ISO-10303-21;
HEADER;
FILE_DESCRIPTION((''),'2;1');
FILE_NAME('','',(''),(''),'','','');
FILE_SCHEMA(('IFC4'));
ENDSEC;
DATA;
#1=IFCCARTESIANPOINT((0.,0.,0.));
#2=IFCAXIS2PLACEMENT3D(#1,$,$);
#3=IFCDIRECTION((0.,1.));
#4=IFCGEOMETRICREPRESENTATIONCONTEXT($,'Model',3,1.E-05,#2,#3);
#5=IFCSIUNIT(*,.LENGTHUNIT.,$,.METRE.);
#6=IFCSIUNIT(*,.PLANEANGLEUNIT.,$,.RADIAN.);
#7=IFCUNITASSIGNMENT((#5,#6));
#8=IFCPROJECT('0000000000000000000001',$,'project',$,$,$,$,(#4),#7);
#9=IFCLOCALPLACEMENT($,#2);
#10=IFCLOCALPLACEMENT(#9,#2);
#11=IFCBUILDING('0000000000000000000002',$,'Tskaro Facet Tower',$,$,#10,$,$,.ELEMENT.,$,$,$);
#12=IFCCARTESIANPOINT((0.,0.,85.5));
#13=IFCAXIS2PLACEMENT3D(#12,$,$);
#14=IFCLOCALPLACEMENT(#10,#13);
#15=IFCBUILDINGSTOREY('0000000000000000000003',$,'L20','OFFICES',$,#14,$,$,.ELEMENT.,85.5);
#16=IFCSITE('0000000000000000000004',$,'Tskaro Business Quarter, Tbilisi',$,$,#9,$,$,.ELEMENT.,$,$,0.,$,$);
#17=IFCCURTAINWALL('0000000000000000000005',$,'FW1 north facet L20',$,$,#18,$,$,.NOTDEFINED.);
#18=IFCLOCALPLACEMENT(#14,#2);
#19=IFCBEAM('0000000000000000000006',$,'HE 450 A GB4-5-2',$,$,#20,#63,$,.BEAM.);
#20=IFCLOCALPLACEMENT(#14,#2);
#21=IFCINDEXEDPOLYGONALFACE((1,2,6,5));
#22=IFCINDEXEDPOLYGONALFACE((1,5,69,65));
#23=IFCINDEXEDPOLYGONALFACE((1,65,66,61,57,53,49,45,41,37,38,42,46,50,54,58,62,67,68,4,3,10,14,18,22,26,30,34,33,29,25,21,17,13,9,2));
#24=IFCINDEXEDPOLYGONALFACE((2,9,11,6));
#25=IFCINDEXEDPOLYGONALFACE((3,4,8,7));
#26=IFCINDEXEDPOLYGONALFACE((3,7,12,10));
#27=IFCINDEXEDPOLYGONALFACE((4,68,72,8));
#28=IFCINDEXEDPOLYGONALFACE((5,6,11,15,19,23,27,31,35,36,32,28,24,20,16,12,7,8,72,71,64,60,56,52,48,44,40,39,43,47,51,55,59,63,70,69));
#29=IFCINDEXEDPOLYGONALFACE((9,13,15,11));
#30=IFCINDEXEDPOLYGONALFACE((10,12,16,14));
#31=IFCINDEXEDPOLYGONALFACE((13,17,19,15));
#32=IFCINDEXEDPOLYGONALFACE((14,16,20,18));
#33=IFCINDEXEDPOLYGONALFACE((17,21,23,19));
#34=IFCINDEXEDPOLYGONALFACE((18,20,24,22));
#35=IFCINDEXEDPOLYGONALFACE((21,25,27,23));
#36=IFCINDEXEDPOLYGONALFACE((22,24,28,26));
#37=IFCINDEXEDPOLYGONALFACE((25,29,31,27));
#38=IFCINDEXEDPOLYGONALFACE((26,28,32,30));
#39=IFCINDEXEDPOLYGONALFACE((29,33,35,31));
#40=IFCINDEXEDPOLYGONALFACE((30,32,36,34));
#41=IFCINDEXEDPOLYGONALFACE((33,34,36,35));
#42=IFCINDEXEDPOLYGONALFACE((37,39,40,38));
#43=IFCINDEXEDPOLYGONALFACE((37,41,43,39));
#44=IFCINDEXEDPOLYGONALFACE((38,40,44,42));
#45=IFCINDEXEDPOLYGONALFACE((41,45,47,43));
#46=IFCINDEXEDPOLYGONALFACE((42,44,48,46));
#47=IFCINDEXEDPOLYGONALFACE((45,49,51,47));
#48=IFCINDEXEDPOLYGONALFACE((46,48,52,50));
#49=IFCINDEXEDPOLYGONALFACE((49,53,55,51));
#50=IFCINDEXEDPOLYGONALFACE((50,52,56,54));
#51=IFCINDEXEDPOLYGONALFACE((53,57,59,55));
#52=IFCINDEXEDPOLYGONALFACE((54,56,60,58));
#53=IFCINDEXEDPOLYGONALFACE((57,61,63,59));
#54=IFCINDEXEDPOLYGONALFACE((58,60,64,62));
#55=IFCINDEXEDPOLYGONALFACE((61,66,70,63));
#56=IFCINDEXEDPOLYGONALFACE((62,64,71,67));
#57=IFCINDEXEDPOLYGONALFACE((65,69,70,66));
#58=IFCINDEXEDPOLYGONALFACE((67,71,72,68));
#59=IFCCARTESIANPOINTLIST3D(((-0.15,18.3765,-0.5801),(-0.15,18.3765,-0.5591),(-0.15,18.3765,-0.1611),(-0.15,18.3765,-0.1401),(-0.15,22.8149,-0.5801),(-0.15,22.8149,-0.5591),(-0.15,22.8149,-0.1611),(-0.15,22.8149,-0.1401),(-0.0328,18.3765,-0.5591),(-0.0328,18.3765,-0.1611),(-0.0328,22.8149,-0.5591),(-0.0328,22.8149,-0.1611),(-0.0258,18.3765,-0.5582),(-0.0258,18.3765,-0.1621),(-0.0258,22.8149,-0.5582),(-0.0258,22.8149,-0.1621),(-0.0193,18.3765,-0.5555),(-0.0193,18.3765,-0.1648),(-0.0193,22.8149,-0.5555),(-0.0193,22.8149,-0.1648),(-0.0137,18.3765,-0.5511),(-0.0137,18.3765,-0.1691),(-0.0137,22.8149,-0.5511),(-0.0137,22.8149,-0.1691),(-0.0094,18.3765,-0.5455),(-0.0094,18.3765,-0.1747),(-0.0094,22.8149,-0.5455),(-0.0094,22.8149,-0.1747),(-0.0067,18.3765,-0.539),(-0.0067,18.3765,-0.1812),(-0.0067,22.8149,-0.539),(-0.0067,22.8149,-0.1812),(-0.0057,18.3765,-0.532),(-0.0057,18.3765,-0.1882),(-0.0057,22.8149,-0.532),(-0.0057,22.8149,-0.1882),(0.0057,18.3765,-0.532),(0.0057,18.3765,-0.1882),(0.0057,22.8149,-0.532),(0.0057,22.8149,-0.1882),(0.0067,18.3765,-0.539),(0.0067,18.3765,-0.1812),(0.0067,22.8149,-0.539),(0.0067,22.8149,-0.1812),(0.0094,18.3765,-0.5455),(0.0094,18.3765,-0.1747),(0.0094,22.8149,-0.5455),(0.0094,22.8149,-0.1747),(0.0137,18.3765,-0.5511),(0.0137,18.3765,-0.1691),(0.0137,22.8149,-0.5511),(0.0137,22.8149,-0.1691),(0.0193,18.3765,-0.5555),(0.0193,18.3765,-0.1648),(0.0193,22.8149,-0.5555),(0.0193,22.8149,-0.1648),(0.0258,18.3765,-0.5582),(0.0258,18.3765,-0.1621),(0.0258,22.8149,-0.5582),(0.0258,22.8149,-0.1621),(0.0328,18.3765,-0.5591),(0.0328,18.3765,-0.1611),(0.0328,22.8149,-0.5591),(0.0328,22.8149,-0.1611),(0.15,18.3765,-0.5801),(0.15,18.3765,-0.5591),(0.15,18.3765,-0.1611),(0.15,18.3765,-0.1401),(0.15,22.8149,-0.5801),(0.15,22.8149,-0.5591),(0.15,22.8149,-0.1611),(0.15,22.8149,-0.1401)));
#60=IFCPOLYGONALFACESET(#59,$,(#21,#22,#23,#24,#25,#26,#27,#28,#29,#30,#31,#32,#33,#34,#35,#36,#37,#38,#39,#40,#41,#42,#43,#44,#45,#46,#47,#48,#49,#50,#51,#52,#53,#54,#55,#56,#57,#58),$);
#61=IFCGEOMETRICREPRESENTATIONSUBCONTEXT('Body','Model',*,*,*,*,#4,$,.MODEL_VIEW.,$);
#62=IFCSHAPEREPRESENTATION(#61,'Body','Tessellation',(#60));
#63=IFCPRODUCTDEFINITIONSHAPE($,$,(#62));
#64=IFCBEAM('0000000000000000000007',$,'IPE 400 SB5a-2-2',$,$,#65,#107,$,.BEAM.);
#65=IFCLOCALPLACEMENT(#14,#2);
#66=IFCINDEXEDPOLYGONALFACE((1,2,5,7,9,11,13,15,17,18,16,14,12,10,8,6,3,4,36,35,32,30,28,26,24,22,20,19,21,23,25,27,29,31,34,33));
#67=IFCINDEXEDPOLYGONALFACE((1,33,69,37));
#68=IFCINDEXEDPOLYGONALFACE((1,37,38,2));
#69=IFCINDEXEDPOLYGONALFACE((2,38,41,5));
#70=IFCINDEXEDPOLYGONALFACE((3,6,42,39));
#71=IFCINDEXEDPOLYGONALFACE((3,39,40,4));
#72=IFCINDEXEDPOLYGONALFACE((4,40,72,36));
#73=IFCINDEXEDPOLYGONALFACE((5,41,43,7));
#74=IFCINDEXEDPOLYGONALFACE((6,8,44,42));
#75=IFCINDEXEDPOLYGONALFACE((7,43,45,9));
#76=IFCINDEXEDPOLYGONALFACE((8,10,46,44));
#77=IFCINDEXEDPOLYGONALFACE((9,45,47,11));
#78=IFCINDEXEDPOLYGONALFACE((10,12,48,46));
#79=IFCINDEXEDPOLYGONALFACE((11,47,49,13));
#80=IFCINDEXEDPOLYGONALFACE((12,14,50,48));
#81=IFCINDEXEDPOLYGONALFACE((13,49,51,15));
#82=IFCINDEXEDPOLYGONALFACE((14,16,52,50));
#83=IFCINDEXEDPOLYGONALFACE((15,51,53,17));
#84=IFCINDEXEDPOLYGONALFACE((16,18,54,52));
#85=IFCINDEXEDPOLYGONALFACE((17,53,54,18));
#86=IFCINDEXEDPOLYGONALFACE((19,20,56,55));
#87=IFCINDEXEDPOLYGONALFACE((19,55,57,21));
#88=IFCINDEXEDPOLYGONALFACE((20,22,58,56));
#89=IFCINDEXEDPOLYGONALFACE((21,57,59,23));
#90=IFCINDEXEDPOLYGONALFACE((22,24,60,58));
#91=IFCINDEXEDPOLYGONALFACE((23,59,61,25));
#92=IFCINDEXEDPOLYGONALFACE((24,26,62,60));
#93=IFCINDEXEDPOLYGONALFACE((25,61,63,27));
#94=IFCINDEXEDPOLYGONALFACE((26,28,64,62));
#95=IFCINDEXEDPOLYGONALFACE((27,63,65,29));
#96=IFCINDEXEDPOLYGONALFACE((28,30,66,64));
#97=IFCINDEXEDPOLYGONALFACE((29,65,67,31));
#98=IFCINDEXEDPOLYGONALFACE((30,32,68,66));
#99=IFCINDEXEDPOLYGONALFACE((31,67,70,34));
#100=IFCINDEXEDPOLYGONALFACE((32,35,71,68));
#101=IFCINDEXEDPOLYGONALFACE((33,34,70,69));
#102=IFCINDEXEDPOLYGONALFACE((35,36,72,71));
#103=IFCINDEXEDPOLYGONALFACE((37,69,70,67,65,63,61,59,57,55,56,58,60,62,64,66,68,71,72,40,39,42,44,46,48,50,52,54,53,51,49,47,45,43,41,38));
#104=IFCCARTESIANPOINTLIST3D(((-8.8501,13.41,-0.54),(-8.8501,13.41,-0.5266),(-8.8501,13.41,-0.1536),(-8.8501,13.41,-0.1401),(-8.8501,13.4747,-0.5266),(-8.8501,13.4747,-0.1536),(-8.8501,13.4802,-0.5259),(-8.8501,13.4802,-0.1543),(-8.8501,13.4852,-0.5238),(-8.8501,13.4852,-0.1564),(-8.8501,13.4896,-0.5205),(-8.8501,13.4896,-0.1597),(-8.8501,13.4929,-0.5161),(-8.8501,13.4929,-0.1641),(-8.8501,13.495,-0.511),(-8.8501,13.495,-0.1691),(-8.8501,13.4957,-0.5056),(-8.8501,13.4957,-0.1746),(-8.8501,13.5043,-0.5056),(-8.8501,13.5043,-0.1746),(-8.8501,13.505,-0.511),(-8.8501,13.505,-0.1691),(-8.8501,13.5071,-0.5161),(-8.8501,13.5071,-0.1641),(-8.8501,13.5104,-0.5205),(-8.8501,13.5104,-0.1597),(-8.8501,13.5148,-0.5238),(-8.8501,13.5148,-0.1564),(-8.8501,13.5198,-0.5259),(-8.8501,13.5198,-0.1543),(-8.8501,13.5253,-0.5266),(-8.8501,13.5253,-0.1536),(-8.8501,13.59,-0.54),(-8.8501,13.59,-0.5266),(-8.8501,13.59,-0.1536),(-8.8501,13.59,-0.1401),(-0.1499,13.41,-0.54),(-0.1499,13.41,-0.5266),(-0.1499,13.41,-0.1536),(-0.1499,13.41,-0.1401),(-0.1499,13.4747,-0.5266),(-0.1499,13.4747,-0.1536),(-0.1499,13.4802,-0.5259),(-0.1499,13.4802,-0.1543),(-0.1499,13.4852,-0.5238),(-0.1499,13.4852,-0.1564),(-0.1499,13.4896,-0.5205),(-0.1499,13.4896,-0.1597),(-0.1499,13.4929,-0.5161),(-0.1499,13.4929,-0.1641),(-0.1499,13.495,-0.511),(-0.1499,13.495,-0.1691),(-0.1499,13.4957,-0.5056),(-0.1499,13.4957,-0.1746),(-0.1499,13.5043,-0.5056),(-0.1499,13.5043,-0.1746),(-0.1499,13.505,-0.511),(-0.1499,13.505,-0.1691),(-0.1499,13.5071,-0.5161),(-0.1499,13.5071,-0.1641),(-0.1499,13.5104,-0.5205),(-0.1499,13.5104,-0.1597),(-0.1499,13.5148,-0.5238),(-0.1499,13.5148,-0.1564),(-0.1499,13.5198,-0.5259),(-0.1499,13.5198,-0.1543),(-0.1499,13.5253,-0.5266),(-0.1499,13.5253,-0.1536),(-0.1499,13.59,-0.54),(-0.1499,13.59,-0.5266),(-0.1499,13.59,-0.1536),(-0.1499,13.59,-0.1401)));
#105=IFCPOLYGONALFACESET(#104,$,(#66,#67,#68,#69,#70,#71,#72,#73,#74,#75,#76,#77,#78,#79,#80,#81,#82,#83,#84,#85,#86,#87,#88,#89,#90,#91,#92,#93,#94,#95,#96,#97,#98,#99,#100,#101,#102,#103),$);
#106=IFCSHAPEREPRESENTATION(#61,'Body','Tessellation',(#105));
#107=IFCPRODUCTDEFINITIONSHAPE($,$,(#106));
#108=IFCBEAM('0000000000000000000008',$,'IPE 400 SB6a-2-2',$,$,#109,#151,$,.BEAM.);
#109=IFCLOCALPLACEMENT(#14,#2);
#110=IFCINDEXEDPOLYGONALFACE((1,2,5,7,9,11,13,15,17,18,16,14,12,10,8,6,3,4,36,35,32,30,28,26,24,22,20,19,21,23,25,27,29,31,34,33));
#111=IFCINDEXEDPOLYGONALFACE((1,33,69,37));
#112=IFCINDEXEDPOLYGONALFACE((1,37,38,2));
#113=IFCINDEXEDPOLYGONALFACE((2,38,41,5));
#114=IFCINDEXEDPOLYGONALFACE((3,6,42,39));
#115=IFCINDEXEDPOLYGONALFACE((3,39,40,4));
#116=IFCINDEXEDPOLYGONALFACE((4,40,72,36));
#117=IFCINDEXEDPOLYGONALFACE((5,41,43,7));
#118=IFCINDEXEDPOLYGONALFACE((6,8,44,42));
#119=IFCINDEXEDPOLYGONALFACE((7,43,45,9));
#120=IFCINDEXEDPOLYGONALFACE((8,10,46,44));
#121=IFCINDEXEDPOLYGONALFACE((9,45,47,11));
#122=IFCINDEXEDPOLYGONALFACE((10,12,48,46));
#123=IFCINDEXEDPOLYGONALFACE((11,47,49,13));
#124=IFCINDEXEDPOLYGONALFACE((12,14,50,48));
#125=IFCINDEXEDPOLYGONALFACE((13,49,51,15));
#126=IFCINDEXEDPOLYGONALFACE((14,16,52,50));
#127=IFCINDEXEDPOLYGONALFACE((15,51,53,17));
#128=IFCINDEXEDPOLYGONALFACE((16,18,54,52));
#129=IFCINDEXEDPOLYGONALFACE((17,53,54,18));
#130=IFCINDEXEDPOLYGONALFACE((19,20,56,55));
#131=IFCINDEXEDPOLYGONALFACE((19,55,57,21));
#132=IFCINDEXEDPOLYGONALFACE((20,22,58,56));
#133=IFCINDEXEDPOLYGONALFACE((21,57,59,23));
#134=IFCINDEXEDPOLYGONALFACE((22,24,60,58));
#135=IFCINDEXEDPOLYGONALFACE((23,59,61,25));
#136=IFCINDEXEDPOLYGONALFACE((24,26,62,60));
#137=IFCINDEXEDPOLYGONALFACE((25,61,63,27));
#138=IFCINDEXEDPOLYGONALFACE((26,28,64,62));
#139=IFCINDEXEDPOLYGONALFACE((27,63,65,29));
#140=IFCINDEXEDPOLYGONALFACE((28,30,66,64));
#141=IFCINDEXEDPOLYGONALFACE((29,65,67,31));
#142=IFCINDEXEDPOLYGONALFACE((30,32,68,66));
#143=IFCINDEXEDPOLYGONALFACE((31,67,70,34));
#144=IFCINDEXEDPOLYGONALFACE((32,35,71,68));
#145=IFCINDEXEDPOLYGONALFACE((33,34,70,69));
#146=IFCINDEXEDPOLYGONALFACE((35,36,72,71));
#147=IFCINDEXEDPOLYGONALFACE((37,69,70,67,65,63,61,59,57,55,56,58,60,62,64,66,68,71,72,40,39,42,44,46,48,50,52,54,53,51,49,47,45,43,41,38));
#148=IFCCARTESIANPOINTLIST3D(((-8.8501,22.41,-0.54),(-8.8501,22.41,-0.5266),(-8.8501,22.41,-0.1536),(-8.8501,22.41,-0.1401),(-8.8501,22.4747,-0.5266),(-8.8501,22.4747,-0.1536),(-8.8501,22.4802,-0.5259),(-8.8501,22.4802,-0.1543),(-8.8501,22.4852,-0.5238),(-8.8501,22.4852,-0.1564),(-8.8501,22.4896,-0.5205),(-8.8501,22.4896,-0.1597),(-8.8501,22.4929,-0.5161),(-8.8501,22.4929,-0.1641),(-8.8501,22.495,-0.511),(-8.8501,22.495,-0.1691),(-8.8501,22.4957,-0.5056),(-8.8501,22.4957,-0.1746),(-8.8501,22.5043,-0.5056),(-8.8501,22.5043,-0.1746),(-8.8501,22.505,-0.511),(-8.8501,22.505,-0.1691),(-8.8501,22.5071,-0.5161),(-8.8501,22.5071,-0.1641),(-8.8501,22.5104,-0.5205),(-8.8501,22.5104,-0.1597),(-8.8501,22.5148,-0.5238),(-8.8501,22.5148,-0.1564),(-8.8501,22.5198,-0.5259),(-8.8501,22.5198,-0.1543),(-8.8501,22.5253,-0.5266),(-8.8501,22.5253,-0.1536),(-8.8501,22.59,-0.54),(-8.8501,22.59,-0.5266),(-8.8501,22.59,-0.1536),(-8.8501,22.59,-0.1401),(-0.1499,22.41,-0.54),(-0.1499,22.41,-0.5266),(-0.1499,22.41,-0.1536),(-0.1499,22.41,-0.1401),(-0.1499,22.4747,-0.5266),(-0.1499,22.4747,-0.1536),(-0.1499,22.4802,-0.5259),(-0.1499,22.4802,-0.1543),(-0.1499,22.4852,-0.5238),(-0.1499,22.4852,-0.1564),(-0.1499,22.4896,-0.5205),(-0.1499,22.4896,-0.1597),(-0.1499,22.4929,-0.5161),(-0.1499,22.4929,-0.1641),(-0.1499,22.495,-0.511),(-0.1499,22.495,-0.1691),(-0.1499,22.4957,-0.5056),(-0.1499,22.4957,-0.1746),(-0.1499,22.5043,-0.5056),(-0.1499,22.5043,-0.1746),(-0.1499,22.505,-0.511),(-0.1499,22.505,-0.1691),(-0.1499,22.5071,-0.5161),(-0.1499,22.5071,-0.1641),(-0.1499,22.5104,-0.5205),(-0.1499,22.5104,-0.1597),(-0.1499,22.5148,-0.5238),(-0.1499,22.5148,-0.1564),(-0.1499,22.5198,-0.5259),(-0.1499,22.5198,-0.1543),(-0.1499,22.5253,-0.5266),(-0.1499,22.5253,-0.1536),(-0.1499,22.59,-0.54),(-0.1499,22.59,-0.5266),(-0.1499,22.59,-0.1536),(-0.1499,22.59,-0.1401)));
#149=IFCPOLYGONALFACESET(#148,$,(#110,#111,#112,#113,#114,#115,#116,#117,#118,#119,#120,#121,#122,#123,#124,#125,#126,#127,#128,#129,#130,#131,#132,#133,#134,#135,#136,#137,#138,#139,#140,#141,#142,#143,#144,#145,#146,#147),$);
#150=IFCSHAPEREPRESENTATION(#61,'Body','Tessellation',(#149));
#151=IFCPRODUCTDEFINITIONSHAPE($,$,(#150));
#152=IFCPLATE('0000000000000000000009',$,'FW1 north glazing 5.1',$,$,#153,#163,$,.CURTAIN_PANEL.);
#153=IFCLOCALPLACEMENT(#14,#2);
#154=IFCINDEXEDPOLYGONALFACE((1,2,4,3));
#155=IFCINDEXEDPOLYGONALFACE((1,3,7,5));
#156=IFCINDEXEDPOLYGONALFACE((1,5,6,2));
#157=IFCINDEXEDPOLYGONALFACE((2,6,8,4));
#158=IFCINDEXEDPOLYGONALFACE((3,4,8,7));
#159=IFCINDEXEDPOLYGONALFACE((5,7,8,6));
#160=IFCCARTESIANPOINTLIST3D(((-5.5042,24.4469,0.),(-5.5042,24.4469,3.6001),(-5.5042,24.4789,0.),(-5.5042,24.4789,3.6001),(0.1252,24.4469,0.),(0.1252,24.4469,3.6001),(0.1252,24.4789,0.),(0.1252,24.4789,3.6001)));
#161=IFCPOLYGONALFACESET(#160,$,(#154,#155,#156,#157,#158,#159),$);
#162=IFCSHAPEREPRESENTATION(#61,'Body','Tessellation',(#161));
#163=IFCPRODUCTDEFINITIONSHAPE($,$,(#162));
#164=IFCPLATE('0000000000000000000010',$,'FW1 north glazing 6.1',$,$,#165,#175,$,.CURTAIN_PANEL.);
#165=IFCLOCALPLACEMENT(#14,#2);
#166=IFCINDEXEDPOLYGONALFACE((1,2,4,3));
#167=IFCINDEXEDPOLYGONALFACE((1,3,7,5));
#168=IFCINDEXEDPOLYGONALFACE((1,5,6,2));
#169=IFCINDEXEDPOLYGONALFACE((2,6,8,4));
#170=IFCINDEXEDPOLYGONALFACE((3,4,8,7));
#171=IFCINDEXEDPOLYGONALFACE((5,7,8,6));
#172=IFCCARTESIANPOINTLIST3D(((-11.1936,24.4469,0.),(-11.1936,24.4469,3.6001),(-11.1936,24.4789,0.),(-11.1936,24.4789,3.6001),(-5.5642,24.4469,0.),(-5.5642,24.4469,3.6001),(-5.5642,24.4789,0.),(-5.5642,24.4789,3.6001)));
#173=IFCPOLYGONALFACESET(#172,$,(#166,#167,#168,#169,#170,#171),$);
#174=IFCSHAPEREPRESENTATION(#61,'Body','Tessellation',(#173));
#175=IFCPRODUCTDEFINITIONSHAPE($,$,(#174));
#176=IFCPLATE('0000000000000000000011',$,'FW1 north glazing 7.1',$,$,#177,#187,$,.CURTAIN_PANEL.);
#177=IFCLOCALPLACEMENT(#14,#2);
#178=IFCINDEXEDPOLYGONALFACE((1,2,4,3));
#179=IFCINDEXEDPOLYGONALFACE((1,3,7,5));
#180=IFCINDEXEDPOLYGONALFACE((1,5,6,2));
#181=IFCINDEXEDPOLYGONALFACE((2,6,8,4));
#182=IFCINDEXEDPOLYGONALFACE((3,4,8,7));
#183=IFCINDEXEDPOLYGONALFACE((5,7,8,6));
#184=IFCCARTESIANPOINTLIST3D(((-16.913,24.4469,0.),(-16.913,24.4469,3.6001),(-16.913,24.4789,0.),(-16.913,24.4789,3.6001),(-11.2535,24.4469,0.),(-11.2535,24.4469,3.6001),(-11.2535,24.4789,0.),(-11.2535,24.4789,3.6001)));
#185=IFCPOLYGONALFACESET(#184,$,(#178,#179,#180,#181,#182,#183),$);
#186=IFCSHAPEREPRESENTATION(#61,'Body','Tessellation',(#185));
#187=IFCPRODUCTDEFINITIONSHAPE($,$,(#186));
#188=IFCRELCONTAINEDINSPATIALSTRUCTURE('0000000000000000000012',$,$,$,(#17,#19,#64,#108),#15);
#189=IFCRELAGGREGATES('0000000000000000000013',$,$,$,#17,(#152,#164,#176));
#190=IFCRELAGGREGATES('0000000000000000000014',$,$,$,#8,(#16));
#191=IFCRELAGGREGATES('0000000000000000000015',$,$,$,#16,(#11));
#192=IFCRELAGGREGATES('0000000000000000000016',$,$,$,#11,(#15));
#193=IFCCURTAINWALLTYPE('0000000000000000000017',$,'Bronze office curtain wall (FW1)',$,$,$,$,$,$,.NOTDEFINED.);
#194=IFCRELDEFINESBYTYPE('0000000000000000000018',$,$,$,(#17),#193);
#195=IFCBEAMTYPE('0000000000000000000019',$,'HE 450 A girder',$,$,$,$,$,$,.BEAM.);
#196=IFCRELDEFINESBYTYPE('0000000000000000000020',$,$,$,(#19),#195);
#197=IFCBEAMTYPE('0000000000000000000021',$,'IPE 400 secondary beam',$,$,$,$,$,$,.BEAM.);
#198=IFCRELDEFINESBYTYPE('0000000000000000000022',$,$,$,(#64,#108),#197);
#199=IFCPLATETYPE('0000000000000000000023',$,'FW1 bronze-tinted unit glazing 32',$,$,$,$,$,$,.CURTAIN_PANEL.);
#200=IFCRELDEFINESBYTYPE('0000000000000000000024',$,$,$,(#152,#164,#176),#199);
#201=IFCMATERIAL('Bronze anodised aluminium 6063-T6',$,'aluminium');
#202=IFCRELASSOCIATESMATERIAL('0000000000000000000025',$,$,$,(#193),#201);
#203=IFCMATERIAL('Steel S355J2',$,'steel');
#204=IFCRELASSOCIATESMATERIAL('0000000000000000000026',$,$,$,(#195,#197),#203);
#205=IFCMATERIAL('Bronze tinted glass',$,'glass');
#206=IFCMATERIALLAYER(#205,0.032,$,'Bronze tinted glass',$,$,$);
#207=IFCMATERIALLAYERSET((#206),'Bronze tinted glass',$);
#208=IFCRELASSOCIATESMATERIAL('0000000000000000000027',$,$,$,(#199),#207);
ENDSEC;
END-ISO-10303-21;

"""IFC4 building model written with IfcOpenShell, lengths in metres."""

from ifc_helpers import new_model, si_unit, direction, frame, origin, origin_2d, place, context, subcontext, project, spatial, rectangle, i_section, extrude, material, layer, layer_set, material_profile, profile_set, type_object, element, aggregate, save


model = new_model("IFC4")

# Units and contexts
model_context = context("Model", 3, precision=1e-05, world=origin(), true_north=direction((0.0, 1.0)))
body_context = subcontext(model_context, "Body", "Model", "MODEL_VIEW")
ifc_project = project(units=[si_unit("LENGTHUNIT", "METRE"), si_unit("PLANEANGLEUNIT", "RADIAN")], contexts=[model_context])

# Site, building, storey
site_placement = place(None, origin())
site = spatial("IfcSite", under=ifc_project, at=site_placement, Name="Tskaro Business Quarter, Tbilisi", CompositionType="ELEMENT", RefElevation=0.0)
building_placement = place(site_placement, origin())
building = spatial("IfcBuilding", under=site, at=building_placement, Name="Tskaro Facet Tower", CompositionType="ELEMENT")
storey_placement = place(building_placement, frame((0.0, 0.0, 85.5)))
storey = spatial("IfcBuildingStorey", under=building, at=storey_placement, Name="L20", Description="OFFICES", CompositionType="ELEMENT", Elevation=85.5)

# Curtain wall
ifc_material_1 = material(Name="Bronze anodised aluminium 6063-T6", Category="aluminium")
curtain_wall_type = type_object("IfcCurtainWallType", Name="Bronze office curtain wall (FW1)", PredefinedType="NOTDEFINED", material=ifc_material_1)
curtain_wall_placement = place(storey_placement, origin())
curtain_wall = element("IfcCurtainWall", 1, at=curtain_wall_placement, inside=storey, type_object=curtain_wall_type, Name="FW1 north facet L20", PredefinedType="NOTDEFINED")

# Beams
ifc_material_2 = material(Name="Steel S355J2", Category="steel")
ifc_material_profile_1 = material_profile(ifc_material_2, i_section(OverallWidth=0.3, OverallDepth=0.4399, WebThickness=0.0115, FlangeThickness=0.021, FilletRadius=0.0271, at=origin_2d()), Name="HE 450 A")
ifc_profile_set_1 = profile_set([ifc_material_profile_1], Name="Steel S355J2")
beam_type_1 = type_object("IfcBeamType", Name="HE 450 A girder", PredefinedType="BEAM", material=ifc_profile_set_1)
for number, where, z_axis, x_axis, name in (
    (2, (0.0, 18.3765, -0.3601), (0.0, 1.0, 0.0), (-1.0, 0.0, 0.0), "HE 450 A GB4-5-2"),
):
    element("IfcBeam", number, at=place(storey_placement, frame(where, z_axis=z_axis, x_axis=x_axis)), inside=storey, type_object=beam_type_1, Name=name, PredefinedType="BEAM", context=body_context, shape_type="SweptSolid", body=[
        extrude(i_section(OverallWidth=0.3, OverallDepth=0.4399, WebThickness=0.0115, FlangeThickness=0.021, FilletRadius=0.0271, at=origin_2d()), origin(), (0.0, 0.0, 1.0), 4.4385),
    ])
ifc_material_profile_2 = material_profile(ifc_material_2, i_section(OverallWidth=0.1799, OverallDepth=0.3999, WebThickness=0.0085, FlangeThickness=0.0134, FilletRadius=0.021, at=origin_2d()), Name="IPE 400")
ifc_profile_set_2 = profile_set([ifc_material_profile_2], Name="Steel S355J2")
beam_type_2 = type_object("IfcBeamType", Name="IPE 400 secondary beam", PredefinedType="BEAM", material=ifc_profile_set_2)
for number, where, z_axis, x_axis, name in (
    (3, (-8.8501, 13.5, -0.3401), (1.0, 0.0, 0.0), (0.0, 1.0, 0.0), "IPE 400 SB5a-2-2"),
    (4, (-8.8501, 22.5, -0.3401), (1.0, 0.0, 0.0), (0.0, 1.0, 0.0), "IPE 400 SB6a-2-2"),
):
    element("IfcBeam", number, at=place(storey_placement, frame(where, z_axis=z_axis, x_axis=x_axis)), inside=storey, type_object=beam_type_2, Name=name, PredefinedType="BEAM", context=body_context, shape_type="SweptSolid", body=[
        extrude(i_section(OverallWidth=0.1799, OverallDepth=0.3999, WebThickness=0.0085, FlangeThickness=0.0134, FilletRadius=0.021, at=origin_2d()), origin(), (0.0, 0.0, 1.0), 8.7002),
    ])

# Plates
ifc_material_3 = material(Name="Bronze tinted glass", Category="glass")
ifc_layer_1 = layer(ifc_material_3, 0.032, Name="Bronze tinted glass")
ifc_layer_set_1 = layer_set([ifc_layer_1], Name="Bronze tinted glass")
plate_type = type_object("IfcPlateType", Name="FW1 bronze-tinted unit glazing 32", PredefinedType="CURTAIN_PANEL", material=ifc_layer_set_1)
plate_1_placement = place(storey_placement, frame((-2.6895, 24.4629, 0.0), z_axis=(0.0, 0.0, 1.0), x_axis=(-1.0, 0.0, 0.0)))
plate_1 = element("IfcPlate", 5, at=plate_1_placement, type_object=plate_type, Name="FW1 north glazing 5.1", PredefinedType="CURTAIN_PANEL", context=body_context, shape_type="SweptSolid", body=[
    extrude(rectangle(XDim=5.6294, YDim=0.032, at=origin_2d()), origin(), (0.0, 0.0, 1.0), 3.6001),
])
plate_2_placement = place(storey_placement, frame((-8.3789, 24.4629, 0.0), z_axis=(0.0, 0.0, 1.0), x_axis=(-1.0, 0.0, 0.0)))
plate_2 = element("IfcPlate", 6, at=plate_2_placement, type_object=plate_type, Name="FW1 north glazing 6.1", PredefinedType="CURTAIN_PANEL", context=body_context, shape_type="SweptSolid", body=[
    extrude(rectangle(XDim=5.6294, YDim=0.032, at=origin_2d()), origin(), (0.0, 0.0, 1.0), 3.6001),
])
plate_3_placement = place(storey_placement, frame((-14.0833, 24.4629, 0.0), z_axis=(0.0, 0.0, 1.0), x_axis=(-1.0, 0.0, 0.0)))
plate_3 = element("IfcPlate", 7, at=plate_3_placement, type_object=plate_type, Name="FW1 north glazing 7.1", PredefinedType="CURTAIN_PANEL", context=body_context, shape_type="SweptSolid", body=[
    extrude(rectangle(XDim=5.6594, YDim=0.032, at=origin_2d()), origin(), (0.0, 0.0, 1.0), 3.6001),
])
aggregate(curtain_wall, [plate_1, plate_2, plate_3])

save(model, "model.ifc")
